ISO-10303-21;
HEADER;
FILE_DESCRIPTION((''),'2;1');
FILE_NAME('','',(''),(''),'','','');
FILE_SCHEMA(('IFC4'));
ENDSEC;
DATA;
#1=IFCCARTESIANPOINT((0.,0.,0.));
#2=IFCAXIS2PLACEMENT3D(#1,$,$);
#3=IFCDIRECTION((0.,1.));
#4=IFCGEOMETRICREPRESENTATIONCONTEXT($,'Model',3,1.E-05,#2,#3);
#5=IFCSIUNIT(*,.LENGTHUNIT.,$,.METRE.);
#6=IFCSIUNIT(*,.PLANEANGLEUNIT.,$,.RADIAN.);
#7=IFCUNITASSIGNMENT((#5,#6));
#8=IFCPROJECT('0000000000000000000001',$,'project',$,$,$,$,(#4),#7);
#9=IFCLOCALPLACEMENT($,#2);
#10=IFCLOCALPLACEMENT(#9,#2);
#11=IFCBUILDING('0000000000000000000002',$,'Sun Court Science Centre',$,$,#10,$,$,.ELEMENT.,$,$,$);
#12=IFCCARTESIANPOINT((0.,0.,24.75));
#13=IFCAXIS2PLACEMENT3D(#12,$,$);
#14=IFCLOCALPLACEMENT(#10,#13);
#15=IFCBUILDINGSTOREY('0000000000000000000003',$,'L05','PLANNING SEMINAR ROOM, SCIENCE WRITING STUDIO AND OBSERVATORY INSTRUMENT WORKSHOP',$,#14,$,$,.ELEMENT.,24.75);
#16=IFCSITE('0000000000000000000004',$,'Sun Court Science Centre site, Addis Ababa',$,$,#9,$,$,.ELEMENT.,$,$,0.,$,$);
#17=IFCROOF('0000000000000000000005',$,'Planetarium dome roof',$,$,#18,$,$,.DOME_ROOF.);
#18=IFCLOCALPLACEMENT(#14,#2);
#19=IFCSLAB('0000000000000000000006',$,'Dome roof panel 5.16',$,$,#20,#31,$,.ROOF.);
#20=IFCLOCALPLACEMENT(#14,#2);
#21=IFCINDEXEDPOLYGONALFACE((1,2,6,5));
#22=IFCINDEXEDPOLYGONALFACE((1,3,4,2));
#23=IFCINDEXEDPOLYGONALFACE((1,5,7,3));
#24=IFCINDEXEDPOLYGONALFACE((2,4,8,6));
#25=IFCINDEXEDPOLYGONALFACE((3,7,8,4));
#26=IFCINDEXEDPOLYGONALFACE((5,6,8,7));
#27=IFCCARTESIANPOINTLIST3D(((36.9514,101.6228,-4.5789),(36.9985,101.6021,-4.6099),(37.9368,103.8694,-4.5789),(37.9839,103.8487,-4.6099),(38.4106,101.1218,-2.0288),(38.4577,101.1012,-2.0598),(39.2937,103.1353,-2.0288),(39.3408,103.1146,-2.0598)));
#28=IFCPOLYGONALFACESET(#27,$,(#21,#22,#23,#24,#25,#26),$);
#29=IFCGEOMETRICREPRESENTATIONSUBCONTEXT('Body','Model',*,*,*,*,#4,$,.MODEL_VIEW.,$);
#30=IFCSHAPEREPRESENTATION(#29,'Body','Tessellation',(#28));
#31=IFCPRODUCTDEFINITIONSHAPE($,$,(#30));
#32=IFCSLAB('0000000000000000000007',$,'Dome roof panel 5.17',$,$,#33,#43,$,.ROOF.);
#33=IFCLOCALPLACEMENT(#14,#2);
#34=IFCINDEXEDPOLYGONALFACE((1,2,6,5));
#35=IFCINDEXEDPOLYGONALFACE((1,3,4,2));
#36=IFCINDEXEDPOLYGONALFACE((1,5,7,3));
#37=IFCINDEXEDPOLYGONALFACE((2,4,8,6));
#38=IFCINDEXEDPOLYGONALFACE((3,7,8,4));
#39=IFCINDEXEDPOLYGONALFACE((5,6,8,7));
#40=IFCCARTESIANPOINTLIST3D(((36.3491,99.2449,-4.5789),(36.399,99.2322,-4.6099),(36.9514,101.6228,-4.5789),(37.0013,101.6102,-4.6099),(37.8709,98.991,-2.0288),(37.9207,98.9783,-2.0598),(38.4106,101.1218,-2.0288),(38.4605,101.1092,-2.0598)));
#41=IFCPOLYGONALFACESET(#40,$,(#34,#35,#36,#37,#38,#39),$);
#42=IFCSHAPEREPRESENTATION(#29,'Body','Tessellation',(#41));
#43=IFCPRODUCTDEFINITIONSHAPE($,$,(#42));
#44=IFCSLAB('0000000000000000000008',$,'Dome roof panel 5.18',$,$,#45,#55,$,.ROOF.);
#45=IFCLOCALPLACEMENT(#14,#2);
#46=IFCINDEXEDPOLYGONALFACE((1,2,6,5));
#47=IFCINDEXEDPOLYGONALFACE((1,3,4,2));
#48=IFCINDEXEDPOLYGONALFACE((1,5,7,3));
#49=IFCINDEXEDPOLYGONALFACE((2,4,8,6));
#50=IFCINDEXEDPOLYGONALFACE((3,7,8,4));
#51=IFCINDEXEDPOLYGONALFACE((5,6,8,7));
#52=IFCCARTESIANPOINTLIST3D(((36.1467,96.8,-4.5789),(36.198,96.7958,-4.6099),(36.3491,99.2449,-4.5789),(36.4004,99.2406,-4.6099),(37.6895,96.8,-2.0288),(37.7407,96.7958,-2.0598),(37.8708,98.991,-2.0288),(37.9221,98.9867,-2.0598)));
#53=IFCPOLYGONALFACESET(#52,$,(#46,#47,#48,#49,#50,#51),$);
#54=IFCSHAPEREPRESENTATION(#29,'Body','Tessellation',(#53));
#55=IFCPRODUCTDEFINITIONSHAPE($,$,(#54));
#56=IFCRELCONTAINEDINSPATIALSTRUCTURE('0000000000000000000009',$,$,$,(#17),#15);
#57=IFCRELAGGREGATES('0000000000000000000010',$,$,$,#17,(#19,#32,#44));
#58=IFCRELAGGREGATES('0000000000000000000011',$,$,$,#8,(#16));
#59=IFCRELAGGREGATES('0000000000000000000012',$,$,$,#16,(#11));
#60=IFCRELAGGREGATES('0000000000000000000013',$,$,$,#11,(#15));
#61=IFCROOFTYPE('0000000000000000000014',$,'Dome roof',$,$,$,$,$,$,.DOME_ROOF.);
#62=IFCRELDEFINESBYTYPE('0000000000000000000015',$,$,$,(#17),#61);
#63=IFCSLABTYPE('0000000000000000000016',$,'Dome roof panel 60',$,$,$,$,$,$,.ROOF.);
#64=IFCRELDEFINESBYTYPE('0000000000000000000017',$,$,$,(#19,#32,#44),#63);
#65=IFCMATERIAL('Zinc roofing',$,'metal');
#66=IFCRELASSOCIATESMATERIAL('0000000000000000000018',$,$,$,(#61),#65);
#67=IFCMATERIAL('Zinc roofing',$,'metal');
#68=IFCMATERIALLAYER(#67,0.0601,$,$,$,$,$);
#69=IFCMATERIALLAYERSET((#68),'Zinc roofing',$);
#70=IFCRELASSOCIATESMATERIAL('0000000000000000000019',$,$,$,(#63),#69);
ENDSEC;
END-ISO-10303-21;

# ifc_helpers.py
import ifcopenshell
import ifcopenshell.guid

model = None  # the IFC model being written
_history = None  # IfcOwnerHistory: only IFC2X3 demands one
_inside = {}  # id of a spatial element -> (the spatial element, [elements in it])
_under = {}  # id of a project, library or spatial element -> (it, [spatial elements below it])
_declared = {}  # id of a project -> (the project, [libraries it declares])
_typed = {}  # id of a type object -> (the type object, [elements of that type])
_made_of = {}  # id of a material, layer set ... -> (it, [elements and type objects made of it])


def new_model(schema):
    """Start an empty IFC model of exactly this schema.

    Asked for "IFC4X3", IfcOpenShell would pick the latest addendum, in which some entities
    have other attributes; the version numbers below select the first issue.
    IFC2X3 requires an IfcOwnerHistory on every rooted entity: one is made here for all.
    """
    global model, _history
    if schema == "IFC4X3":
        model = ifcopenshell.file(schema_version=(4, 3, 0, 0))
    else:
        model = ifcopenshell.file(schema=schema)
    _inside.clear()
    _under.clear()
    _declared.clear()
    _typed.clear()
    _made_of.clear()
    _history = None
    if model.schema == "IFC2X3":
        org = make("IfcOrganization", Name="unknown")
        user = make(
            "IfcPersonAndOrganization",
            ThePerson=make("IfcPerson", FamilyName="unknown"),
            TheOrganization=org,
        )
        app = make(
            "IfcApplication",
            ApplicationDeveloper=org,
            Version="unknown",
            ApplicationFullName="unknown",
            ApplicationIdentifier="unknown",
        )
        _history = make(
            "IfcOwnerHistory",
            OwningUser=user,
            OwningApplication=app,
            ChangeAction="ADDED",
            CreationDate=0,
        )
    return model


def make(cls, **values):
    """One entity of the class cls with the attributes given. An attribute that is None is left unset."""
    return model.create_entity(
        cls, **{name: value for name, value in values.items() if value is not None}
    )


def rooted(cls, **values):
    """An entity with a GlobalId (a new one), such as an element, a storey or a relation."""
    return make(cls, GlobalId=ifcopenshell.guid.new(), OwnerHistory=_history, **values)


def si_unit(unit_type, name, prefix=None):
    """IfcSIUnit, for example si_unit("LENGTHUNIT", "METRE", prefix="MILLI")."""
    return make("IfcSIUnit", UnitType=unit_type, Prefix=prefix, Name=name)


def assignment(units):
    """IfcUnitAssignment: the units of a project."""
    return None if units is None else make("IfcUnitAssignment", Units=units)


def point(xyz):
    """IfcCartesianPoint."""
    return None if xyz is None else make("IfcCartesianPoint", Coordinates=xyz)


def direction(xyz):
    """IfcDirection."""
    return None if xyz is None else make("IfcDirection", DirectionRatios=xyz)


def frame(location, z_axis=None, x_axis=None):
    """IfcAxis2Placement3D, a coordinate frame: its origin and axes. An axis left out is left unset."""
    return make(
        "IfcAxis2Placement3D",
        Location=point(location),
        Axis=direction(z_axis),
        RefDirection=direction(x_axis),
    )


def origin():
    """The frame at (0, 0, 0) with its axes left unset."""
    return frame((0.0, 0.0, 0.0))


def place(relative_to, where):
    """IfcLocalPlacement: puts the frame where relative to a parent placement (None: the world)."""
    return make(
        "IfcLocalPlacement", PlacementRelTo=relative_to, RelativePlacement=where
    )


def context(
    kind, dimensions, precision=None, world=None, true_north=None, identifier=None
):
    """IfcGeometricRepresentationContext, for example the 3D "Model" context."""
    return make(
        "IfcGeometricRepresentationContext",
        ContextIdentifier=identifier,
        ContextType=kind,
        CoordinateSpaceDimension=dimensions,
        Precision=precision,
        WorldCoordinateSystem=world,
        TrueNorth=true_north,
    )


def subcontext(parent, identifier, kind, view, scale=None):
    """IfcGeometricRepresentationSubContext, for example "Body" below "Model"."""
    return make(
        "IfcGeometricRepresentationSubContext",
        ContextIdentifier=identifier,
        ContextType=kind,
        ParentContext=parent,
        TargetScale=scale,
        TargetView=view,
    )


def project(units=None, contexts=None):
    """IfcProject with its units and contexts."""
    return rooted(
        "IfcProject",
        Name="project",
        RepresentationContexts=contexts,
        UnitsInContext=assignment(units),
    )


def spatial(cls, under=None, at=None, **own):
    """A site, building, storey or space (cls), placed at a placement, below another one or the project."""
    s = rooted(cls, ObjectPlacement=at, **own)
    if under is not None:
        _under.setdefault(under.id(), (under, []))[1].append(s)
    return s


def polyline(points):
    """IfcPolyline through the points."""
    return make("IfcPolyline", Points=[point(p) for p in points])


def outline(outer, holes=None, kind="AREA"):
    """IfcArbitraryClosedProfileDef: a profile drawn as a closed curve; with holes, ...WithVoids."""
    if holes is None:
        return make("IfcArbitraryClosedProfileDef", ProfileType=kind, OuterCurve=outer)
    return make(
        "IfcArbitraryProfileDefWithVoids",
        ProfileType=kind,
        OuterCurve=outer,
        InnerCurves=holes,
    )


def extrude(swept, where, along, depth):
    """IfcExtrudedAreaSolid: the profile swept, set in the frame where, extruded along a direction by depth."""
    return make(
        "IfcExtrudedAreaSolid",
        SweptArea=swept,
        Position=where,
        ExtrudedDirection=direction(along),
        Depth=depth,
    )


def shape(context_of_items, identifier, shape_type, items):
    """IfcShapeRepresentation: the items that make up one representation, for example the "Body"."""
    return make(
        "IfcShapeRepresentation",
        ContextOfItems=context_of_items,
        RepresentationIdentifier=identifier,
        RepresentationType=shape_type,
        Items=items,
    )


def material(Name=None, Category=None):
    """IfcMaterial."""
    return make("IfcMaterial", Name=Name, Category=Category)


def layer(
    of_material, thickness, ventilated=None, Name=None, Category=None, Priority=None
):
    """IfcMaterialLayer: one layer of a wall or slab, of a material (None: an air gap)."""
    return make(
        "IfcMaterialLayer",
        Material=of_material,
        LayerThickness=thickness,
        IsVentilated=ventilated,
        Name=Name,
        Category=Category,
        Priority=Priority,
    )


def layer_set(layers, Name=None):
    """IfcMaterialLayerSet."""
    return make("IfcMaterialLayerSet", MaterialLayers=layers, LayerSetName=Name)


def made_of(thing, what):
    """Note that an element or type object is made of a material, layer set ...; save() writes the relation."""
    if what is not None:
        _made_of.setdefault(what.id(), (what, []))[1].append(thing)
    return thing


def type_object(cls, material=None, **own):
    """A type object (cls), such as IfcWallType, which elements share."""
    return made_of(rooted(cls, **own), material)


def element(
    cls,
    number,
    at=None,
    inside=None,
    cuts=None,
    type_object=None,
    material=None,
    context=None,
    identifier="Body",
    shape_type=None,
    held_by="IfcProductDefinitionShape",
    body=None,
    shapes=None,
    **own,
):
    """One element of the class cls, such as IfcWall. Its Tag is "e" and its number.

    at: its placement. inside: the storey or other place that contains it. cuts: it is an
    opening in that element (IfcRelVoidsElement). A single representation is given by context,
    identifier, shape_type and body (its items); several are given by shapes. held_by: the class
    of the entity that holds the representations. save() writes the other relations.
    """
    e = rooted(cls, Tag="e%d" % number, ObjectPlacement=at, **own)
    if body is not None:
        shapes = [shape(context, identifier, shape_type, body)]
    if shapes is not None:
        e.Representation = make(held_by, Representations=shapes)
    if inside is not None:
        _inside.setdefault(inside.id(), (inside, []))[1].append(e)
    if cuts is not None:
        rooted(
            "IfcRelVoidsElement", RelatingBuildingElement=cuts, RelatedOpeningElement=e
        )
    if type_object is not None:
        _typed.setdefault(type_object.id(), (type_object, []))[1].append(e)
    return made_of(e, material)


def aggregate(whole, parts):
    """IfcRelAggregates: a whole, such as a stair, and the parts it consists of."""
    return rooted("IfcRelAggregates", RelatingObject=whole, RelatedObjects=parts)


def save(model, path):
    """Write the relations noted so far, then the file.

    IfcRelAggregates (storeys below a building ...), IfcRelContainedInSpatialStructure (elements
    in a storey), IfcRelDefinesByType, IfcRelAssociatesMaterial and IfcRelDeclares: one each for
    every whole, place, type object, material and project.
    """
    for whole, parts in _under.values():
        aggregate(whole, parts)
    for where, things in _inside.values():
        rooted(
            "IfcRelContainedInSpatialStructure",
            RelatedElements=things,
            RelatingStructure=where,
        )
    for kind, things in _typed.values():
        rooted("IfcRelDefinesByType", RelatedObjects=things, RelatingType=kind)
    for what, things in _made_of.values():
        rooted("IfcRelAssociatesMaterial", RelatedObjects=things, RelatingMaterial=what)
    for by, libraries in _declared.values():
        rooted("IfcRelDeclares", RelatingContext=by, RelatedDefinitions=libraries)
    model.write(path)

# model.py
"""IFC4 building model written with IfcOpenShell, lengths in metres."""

from ifc_helpers import new_model, si_unit, direction, frame, origin, place, context, subcontext, project, spatial, polyline, outline, extrude, material, layer, layer_set, type_object, element, aggregate, save


model = new_model("IFC4")

# Units and contexts
model_context = context("Model", 3, precision=1e-05, world=origin(), true_north=direction((0.0, 1.0)))
body_context = subcontext(model_context, "Body", "Model", "MODEL_VIEW")
ifc_project = project(units=[si_unit("LENGTHUNIT", "METRE"), si_unit("PLANEANGLEUNIT", "RADIAN")], contexts=[model_context])

# Site, building, storey
site_placement = place(None, origin())
site = spatial("IfcSite", under=ifc_project, at=site_placement, Name="Sun Court Science Centre site, Addis Ababa", CompositionType="ELEMENT", RefElevation=0.0)
building_placement = place(site_placement, origin())
building = spatial("IfcBuilding", under=site, at=building_placement, Name="Sun Court Science Centre", CompositionType="ELEMENT")
storey_placement = place(building_placement, frame((0.0, 0.0, 24.75)))
storey = spatial("IfcBuildingStorey", under=building, at=storey_placement, Name="L05", Description="PLANNING SEMINAR ROOM, SCIENCE WRITING STUDIO AND OBSERVATORY INSTRUMENT WORKSHOP", CompositionType="ELEMENT", Elevation=24.75)

# Roof, slabs
ifc_material_1 = material(Name="Zinc roofing", Category="metal")
roof_type = type_object("IfcRoofType", Name="Dome roof", PredefinedType="DOME_ROOF", material=ifc_material_1)
roof_placement = place(storey_placement, origin())
roof = element("IfcRoof", 1, at=roof_placement, inside=storey, type_object=roof_type, Name="Planetarium dome roof", PredefinedType="DOME_ROOF")
ifc_material_2 = material(Name="Zinc roofing", Category="metal")
ifc_layer = layer(ifc_material_2, 0.0601)
ifc_layer_set = layer_set([ifc_layer], Name="Zinc roofing")
slab_type = type_object("IfcSlabType", Name="Dome roof panel 60", PredefinedType="ROOF", material=ifc_layer_set)
slab_1_placement = place(storey_placement, frame((39.2937, 103.1353, -2.0288), z_axis=(-0.784261, 0.343971, 0.516352), x_axis=(-0.401657, -0.91579, 0.000003)))
slab_1 = element("IfcSlab", 2, at=slab_1_placement, type_object=slab_type, Name="Dome roof panel 5.16", PredefinedType="ROOF", context=body_context, shape_type="SweptSolid", body=[
    extrude(outline(polyline([(0.0, 0.0), (2.1986, 0.0), (2.3259, -2.9777), (-0.1273, -2.9777), (0.0, 0.0)])), origin(), (0.0, 0.0, -1.0), 0.0601),
])
slab_2_placement = place(storey_placement, frame((38.4106, 101.1218, -2.0288), z_axis=(-0.830162, 0.210282, 0.516346), x_axis=(-0.245553, -0.969383, -0.000008)))
slab_2 = element("IfcSlab", 3, at=slab_2_placement, type_object=slab_type, Name="Dome roof panel 5.17", PredefinedType="ROOF", context=body_context, shape_type="SweptSolid", body=[
    extrude(outline(polyline([(0.0, 0.0), (2.1982, 0.0), (2.3257, -2.9777), (-0.1273, -2.9777), (0.0, 0.0)])), origin(), (0.0, 0.0, -1.0), 0.0601),
])
slab_3_placement = place(storey_placement, frame((37.8708, 98.991, -2.0288), z_axis=(-0.853468, 0.070658, 0.516334), x_axis=(-0.082508, -0.99659, -0.000002)))
slab_3 = element("IfcSlab", 4, at=slab_3_placement, type_object=slab_type, Name="Dome roof panel 5.18", PredefinedType="ROOF", context=body_context, shape_type="SweptSolid", body=[
    extrude(outline(polyline([(0.0, 0.0), (2.1984, 0.0), (2.3257, -2.9777), (-0.1275, -2.9777), (0.0, 0.0)])), origin(), (0.0, 0.0, -1.0), 0.0601),
])
aggregate(roof, [slab_1, slab_2, slab_3])

save(model, "model.ifc")
